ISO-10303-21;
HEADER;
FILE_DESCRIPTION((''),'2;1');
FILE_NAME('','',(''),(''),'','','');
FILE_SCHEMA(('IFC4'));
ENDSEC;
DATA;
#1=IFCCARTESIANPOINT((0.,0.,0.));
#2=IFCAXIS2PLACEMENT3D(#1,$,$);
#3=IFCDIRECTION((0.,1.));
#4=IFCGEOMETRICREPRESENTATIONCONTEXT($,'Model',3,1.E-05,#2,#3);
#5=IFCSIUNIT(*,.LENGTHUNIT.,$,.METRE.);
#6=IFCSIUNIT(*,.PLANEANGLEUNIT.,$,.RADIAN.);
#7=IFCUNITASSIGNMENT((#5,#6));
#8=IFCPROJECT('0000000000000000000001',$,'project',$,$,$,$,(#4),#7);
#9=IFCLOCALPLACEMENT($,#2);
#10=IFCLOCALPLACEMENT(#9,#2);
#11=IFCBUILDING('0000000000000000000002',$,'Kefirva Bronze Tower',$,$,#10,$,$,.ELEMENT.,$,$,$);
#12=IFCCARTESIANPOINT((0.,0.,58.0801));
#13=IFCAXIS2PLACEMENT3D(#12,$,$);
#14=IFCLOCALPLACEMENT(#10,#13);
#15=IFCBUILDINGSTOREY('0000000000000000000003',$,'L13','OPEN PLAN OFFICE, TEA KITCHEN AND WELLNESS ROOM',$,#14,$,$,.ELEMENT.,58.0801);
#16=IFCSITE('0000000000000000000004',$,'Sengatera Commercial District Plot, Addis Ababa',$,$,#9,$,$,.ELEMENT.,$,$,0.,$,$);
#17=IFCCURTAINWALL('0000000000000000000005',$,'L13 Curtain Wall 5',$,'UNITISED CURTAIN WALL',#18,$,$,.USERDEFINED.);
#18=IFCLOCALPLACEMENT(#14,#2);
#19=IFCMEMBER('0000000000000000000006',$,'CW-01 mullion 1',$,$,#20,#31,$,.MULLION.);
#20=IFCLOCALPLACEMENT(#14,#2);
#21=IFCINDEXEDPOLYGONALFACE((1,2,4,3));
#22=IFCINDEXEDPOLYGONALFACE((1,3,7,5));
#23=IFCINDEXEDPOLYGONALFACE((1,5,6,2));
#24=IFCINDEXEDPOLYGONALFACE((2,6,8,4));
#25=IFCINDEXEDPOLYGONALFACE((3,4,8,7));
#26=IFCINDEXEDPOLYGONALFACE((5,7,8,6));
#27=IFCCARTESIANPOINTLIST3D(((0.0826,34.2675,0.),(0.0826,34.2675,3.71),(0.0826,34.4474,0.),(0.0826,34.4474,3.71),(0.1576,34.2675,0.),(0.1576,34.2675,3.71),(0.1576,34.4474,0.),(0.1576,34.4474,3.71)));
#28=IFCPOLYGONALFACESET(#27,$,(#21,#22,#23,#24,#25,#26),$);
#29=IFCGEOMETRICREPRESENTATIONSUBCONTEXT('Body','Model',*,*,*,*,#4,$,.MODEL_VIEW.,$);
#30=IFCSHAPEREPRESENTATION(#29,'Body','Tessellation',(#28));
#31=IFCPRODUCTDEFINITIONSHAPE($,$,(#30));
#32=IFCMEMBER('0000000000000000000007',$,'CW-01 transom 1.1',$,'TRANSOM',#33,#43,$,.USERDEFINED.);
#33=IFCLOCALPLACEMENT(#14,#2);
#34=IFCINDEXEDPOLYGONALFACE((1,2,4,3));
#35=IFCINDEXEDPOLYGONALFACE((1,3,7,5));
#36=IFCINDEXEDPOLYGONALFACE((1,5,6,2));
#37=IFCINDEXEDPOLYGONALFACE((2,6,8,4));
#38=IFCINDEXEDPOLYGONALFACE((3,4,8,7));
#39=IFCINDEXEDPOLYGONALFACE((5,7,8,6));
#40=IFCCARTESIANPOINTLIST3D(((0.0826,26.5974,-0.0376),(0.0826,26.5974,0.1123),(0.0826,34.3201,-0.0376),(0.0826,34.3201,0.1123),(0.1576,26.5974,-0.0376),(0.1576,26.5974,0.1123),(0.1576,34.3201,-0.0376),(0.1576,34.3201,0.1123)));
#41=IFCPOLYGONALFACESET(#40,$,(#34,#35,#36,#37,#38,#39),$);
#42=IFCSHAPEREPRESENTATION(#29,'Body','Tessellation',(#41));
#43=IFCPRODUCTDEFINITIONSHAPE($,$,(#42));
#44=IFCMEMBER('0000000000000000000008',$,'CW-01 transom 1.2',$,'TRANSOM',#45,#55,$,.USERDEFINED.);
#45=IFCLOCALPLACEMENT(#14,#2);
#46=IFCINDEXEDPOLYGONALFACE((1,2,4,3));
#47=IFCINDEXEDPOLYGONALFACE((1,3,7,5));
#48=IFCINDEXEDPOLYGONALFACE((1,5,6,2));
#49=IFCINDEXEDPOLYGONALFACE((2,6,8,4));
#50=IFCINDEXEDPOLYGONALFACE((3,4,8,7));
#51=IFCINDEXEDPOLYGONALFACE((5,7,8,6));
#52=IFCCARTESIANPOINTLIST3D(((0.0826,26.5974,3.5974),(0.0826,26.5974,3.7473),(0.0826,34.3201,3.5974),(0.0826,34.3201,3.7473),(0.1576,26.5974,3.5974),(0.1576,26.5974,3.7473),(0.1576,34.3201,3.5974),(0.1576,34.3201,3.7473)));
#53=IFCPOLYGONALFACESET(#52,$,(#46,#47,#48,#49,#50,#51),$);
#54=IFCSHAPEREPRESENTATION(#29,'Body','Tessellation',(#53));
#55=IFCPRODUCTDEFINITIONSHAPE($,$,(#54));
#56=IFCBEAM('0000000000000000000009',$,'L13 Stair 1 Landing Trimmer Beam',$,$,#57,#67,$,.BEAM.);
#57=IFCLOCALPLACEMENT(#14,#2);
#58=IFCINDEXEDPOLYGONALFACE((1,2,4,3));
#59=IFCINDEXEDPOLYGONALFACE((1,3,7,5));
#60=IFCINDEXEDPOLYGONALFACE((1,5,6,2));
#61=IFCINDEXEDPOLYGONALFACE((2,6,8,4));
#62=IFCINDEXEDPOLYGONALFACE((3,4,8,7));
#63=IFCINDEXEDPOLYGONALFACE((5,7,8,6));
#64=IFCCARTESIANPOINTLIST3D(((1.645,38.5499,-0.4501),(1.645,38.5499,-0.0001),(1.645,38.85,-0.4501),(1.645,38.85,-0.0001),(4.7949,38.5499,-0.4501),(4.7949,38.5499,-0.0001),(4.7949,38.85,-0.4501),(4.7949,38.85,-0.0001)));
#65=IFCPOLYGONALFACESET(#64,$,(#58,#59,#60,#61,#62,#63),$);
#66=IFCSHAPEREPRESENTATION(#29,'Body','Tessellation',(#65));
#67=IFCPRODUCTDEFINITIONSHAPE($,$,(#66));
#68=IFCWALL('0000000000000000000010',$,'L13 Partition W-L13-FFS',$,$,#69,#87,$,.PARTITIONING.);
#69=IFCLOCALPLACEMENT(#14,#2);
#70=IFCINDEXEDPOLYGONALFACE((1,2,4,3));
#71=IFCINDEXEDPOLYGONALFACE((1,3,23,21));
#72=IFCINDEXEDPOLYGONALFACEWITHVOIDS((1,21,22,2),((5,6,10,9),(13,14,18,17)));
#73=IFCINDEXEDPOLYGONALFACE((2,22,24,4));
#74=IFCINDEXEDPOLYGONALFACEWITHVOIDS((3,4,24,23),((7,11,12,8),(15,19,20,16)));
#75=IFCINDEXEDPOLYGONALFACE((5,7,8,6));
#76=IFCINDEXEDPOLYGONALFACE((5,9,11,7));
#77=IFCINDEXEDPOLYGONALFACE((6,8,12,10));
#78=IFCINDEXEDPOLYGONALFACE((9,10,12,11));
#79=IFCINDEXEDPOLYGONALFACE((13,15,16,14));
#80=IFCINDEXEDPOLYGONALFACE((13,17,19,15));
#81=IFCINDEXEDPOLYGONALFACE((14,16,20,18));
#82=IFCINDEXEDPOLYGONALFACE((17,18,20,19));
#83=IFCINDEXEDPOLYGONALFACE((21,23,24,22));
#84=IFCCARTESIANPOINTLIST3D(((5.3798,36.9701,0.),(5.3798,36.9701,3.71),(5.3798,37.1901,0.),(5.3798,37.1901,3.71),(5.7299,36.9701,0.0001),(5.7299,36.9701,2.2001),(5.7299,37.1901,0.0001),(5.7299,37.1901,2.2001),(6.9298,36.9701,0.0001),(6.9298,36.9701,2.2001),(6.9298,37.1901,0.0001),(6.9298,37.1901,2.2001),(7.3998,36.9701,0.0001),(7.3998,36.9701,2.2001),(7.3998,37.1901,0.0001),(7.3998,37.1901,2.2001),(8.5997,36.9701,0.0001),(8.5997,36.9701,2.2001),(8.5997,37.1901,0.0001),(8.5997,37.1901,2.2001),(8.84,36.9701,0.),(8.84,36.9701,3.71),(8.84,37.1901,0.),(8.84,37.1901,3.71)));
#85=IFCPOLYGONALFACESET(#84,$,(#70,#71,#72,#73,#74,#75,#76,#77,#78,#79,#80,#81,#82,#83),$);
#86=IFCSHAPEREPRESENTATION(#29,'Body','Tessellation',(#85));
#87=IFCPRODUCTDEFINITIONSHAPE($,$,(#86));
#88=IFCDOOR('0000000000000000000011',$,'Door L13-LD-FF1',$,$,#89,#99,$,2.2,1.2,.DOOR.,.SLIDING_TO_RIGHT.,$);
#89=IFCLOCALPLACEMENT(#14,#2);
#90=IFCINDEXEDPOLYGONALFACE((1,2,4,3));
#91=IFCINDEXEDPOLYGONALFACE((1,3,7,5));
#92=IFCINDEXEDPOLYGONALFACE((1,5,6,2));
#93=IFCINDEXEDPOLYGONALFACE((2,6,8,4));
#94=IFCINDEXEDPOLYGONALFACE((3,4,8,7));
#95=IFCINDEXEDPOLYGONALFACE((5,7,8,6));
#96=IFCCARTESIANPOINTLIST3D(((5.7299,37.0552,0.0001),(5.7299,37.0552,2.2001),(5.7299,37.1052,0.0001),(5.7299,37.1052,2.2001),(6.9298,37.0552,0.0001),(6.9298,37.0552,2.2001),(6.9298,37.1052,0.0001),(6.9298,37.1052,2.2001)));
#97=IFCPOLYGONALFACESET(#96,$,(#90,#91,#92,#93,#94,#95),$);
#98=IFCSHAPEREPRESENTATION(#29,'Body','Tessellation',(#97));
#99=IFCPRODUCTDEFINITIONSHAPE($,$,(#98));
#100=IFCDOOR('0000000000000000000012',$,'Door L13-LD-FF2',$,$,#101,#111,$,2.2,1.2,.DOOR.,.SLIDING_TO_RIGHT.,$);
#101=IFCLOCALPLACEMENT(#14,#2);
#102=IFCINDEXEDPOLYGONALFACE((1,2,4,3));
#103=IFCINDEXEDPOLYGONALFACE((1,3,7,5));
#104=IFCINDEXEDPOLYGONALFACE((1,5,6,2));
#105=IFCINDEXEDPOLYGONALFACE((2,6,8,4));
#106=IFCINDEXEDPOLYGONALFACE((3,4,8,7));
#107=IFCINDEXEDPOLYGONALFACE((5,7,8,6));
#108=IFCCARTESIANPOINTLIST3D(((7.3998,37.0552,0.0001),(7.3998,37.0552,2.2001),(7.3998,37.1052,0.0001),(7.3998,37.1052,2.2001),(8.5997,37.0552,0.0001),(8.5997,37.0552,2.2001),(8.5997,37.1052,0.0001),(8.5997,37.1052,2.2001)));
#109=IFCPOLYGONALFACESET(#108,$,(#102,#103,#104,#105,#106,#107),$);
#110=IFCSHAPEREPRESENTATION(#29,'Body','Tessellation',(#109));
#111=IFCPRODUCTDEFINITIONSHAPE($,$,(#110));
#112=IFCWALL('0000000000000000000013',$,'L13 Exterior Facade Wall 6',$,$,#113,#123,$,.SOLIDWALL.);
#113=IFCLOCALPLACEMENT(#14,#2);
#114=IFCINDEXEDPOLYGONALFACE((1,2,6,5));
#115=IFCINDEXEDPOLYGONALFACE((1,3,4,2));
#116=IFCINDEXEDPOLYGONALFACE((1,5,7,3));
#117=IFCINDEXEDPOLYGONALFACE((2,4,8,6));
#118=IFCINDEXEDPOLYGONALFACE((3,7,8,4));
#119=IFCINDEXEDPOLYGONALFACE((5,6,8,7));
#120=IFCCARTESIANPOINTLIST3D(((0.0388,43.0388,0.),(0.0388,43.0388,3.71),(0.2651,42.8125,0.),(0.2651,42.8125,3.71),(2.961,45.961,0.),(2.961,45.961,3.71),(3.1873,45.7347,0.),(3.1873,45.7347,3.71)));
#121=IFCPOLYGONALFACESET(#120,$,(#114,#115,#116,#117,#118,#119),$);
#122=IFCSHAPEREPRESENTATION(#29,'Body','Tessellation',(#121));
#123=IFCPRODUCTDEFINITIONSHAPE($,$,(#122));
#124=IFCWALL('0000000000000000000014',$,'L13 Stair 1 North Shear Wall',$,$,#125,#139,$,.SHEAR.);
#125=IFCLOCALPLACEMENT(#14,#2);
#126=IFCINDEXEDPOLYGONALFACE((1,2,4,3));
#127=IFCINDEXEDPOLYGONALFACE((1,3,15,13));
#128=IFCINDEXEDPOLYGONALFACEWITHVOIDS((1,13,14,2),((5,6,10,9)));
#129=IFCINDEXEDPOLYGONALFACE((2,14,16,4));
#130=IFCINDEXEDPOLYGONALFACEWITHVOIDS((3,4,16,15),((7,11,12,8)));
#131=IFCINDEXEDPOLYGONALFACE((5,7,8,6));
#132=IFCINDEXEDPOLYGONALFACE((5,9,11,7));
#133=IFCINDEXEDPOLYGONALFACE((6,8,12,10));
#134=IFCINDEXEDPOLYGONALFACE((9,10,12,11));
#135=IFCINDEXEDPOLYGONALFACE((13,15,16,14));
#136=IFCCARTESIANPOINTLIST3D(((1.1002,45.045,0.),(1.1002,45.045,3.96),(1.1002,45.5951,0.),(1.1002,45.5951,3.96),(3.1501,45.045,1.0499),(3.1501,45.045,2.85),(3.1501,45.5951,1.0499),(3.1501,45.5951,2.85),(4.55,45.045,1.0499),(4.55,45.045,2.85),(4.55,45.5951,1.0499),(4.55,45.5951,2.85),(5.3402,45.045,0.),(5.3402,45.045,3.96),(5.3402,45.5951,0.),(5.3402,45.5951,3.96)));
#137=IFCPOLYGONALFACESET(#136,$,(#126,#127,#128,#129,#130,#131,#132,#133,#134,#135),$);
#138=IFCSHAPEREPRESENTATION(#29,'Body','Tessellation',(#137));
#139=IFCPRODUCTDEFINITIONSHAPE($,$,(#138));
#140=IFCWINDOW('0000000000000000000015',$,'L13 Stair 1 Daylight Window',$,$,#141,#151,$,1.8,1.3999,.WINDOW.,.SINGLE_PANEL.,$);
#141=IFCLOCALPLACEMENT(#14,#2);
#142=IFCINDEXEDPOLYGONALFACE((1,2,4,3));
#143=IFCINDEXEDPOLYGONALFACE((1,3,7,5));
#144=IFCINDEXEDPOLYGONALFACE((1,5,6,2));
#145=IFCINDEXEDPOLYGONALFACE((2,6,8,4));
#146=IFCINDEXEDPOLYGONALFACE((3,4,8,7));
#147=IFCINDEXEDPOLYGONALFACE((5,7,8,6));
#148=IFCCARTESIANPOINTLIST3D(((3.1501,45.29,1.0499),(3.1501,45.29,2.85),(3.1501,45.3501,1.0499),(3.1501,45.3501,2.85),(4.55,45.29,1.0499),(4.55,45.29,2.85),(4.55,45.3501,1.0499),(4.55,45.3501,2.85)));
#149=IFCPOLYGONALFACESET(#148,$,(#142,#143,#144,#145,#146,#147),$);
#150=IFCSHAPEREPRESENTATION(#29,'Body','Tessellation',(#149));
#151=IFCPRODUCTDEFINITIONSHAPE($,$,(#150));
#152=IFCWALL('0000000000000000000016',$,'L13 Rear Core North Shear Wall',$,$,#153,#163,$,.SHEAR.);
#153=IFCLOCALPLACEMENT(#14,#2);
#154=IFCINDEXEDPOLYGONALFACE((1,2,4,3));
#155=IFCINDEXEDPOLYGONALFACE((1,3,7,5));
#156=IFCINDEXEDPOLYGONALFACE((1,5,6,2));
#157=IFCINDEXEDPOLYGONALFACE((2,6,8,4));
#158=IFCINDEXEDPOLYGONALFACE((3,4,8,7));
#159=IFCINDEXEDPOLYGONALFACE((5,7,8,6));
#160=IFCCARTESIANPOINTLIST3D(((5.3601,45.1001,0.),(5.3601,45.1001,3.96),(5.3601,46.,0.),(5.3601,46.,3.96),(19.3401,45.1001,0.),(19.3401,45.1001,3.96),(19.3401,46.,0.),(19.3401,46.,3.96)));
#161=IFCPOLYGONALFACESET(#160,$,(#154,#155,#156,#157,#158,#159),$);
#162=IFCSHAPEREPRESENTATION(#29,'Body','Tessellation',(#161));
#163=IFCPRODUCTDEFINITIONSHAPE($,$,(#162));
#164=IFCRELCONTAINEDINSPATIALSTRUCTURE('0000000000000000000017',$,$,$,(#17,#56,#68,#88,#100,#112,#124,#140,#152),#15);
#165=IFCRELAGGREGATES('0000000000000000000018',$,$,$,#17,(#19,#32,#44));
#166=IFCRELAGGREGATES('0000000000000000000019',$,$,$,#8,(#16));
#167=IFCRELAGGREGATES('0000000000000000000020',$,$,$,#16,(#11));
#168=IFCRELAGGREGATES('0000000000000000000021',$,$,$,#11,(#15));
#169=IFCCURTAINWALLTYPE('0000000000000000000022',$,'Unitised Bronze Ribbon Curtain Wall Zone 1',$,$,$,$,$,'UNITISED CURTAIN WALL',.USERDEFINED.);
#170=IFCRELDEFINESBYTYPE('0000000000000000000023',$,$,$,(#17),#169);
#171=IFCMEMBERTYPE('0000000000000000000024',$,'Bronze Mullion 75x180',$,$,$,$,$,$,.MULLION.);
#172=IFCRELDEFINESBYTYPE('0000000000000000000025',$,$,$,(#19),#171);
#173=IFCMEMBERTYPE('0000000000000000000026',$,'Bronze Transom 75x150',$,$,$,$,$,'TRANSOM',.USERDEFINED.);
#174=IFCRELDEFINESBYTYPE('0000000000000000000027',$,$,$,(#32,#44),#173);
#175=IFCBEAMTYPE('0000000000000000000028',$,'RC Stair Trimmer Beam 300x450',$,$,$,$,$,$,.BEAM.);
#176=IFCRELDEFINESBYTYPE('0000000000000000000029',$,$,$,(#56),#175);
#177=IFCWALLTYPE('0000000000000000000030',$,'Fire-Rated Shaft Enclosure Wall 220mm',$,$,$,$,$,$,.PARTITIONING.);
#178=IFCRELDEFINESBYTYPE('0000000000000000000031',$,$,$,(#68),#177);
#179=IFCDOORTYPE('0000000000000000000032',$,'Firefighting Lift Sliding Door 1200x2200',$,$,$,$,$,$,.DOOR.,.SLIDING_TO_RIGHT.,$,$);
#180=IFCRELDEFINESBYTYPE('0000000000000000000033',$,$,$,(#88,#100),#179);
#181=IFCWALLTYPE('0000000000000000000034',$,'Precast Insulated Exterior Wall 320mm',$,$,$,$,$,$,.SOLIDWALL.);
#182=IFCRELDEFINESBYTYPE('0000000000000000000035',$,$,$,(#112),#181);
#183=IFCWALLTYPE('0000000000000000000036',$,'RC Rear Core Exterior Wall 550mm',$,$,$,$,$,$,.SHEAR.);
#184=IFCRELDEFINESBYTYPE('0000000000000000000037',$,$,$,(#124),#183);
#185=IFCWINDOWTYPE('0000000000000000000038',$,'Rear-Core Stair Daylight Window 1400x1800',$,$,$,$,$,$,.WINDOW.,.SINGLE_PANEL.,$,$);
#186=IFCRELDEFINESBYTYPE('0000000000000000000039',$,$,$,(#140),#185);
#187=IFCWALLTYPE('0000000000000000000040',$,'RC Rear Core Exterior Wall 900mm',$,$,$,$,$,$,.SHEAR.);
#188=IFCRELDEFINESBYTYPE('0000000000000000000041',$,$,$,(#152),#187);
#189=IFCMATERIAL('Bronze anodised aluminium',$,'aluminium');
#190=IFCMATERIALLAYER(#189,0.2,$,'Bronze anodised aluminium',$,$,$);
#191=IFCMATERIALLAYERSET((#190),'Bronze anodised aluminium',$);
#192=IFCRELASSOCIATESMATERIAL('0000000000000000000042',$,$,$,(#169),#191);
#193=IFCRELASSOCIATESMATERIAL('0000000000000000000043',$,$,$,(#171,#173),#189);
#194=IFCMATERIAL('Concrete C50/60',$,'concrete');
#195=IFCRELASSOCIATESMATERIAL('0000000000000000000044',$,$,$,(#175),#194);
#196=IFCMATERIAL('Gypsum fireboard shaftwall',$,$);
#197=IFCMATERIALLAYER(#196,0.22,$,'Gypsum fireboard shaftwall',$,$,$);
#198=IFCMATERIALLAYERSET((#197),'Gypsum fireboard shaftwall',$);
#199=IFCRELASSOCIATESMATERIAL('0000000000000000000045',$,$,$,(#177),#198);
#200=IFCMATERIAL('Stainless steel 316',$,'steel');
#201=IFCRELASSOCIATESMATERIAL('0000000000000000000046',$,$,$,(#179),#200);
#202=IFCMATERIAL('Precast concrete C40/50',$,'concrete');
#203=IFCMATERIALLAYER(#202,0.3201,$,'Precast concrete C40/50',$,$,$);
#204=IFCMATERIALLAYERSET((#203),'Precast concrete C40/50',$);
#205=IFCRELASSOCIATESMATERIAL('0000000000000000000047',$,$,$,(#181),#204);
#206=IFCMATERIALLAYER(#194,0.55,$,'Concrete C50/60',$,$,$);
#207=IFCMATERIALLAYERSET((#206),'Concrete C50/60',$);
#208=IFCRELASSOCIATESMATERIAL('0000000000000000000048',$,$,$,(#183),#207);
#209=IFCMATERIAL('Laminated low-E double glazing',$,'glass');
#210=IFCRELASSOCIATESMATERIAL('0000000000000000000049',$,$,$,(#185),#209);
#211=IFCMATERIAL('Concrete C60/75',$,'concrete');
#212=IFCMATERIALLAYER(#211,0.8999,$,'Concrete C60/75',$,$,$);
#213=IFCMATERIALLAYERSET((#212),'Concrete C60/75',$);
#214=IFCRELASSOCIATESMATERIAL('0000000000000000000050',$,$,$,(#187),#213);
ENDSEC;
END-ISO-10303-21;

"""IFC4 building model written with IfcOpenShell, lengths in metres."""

from ifc_helpers import new_model, si_unit, direction, frame, frame_2d, origin, origin_2d, place, context, subcontext, project, spatial, rectangle, extrude, material, layer, layer_set, material_profile, profile_set, type_object, element, fill, aggregate, save


model = new_model("IFC4")

# Units and contexts
model_context = context("Model", 3, precision=1e-05, world=origin(), true_north=direction((0.0, 1.0)))
body_context = subcontext(model_context, "Body", "Model", "MODEL_VIEW")
ifc_project = project(units=[si_unit("LENGTHUNIT", "METRE"), si_unit("PLANEANGLEUNIT", "RADIAN")], contexts=[model_context])

# Site, building, storey
site_placement = place(None, origin())
site = spatial("IfcSite", under=ifc_project, at=site_placement, Name="Sengatera Commercial District Plot, Addis Ababa", CompositionType="ELEMENT", RefElevation=0.0)
building_placement = place(site_placement, origin())
building = spatial("IfcBuilding", under=site, at=building_placement, Name="Kefirva Bronze Tower", CompositionType="ELEMENT")
storey_placement = place(building_placement, frame((0.0, 0.0, 58.0801)))
storey = spatial("IfcBuildingStorey", under=building, at=storey_placement, Name="L13", Description="OPEN PLAN OFFICE, TEA KITCHEN AND WELLNESS ROOM", CompositionType="ELEMENT", Elevation=58.0801)

# Curtain wall, members
ifc_material_1 = material(Name="Bronze anodised aluminium", Category="aluminium")
ifc_layer_1 = layer(ifc_material_1, 0.2, Name="Bronze anodised aluminium")
ifc_layer_set_1 = layer_set([ifc_layer_1], Name="Bronze anodised aluminium")
curtain_wall_type = type_object("IfcCurtainWallType", Name="Unitised Bronze Ribbon Curtain Wall Zone 1", ElementType="UNITISED CURTAIN WALL", PredefinedType="USERDEFINED", material=ifc_layer_set_1)
curtain_wall_placement = place(storey_placement, origin())
curtain_wall = element("IfcCurtainWall", 1, at=curtain_wall_placement, inside=storey, type_object=curtain_wall_type, Name="L13 Curtain Wall 5", ObjectType="UNITISED CURTAIN WALL", PredefinedType="USERDEFINED")
ifc_material_profile_1 = material_profile(ifc_material_1, rectangle(XDim=0.075, YDim=0.1799, at=origin_2d()), Name="ALU 75x180")
ifc_profile_set_1 = profile_set([ifc_material_profile_1], Name="Bronze anodised aluminium")
member_type_1 = type_object("IfcMemberType", Name="Bronze Mullion 75x180", PredefinedType="MULLION", material=ifc_profile_set_1)
member_1_placement = place(storey_placement, frame((0.1201, 34.3574, 0.0), z_axis=(0.0, 0.0, 1.0), x_axis=(1.0, 0.0, 0.0)))
member_1 = element("IfcMember", 2, at=member_1_placement, type_object=member_type_1, Name="CW-01 mullion 1", PredefinedType="MULLION", context=body_context, shape_type="SweptSolid", body=[
    extrude(rectangle(XDim=0.075, YDim=0.1799, at=origin_2d()), origin(), (0.0, 0.0, 1.0), 3.71),
])
ifc_material_profile_2 = material_profile(ifc_material_1, rectangle(XDim=0.075, YDim=0.1499, at=origin_2d()), Name="ALU 75x150")
ifc_profile_set_2 = profile_set([ifc_material_profile_2], Name="Bronze anodised aluminium")
member_type_2 = type_object("IfcMemberType", Name="Bronze Transom 75x150", ElementType="TRANSOM", PredefinedType="USERDEFINED", material=ifc_profile_set_2)
member_2_placement = place(storey_placement, frame((0.1201, 34.3201, 0.0374), z_axis=(0.0, -1.0, 0.0), x_axis=(1.0, 0.0, 0.0)))
member_2 = element("IfcMember", 3, at=member_2_placement, type_object=member_type_2, Name="CW-01 transom 1.1", ObjectType="TRANSOM", PredefinedType="USERDEFINED", context=body_context, shape_type="SweptSolid", body=[
    extrude(rectangle(XDim=0.075, YDim=0.1499, at=origin_2d()), origin(), (0.0, 0.0, 1.0), 7.7227),
])
member_3_placement = place(storey_placement, frame((0.1201, 34.3201, 3.6724), z_axis=(0.0, -1.0, 0.0), x_axis=(1.0, 0.0, 0.0)))
member_3 = element("IfcMember", 4, at=member_3_placement, type_object=member_type_2, Name="CW-01 transom 1.2", ObjectType="TRANSOM", PredefinedType="USERDEFINED", context=body_context, shape_type="SweptSolid", body=[
    extrude(rectangle(XDim=0.075, YDim=0.1499, at=origin_2d()), origin(), (0.0, 0.0, 1.0), 7.7227),
])
aggregate(curtain_wall, [member_1, member_2, member_3])

# Beam
ifc_material_2 = material(Name="Concrete C50/60", Category="concrete")
ifc_material_profile_3 = material_profile(ifc_material_2, rectangle(XDim=0.3, YDim=0.45, at=origin_2d()), Name="RC 300x450")
ifc_profile_set_3 = profile_set([ifc_material_profile_3], Name="Concrete C50/60")
beam_type = type_object("IfcBeamType", Name="RC Stair Trimmer Beam 300x450", PredefinedType="BEAM", material=ifc_profile_set_3)
beam_placement = place(storey_placement, frame((1.645, 38.7, -0.2251), z_axis=(1.0, 0.0, 0.0), x_axis=(0.0, 1.0, 0.0)))
element("IfcBeam", 5, at=beam_placement, inside=storey, type_object=beam_type, Name="L13 Stair 1 Landing Trimmer Beam", PredefinedType="BEAM", context=body_context, shape_type="SweptSolid", body=[
    extrude(rectangle(XDim=0.3, YDim=0.45, at=origin_2d()), origin(), (0.0, 0.0, 1.0), 3.1499),
])

# Shared definitions
ifc_material_3 = material(Name="Gypsum fireboard shaftwall")
ifc_layer_2 = layer(ifc_material_3, 0.22, Name="Gypsum fireboard shaftwall")
ifc_layer_set_2 = layer_set([ifc_layer_2], Name="Gypsum fireboard shaftwall")
wall_type_1 = type_object("IfcWallType", Name="Fire-Rated Shaft Enclosure Wall 220mm", PredefinedType="PARTITIONING", material=ifc_layer_set_2)

# Wall, openings, doors
wall_1_placement = place(storey_placement, frame((5.3799, 37.0801, 0.0), z_axis=(0.0, 0.0, 1.0), x_axis=(1.0, 0.0, 0.0)))
wall_1 = element("IfcWall", 6, at=wall_1_placement, inside=storey, type_object=wall_type_1, Name="L13 Partition W-L13-FFS", PredefinedType="PARTITIONING", context=body_context, shape_type="SweptSolid", body=[
    extrude(rectangle(XDim=3.4602, YDim=0.22, at=frame_2d((1.73, 0.0))), origin(), (0.0, 0.0, 1.0), 3.71),
])
opening_1_placement = place(wall_1_placement, frame((1.55, 0.0, 0.0), z_axis=(0.0, 0.0, 1.0), x_axis=(-1.0, 0.0, 0.0)))
opening_1 = element("IfcOpeningElement", 7, at=opening_1_placement, cuts=wall_1, PredefinedType="OPENING", context=body_context, shape_type="SweptSolid", body=[
    extrude(rectangle(XDim=1.2, YDim=2.2, at=frame_2d((0.6001, 1.1001))), frame((0.0, 0.1201, 0.0), z_axis=(0.0, -1.0, 0.0), x_axis=(1.0, 0.0, 0.0)), (0.0, 0.0, 1.0), 0.24),
])
opening_2_placement = place(wall_1_placement, frame((3.22, 0.0, 0.0), z_axis=(0.0, 0.0, 1.0), x_axis=(-1.0, 0.0, 0.0)))
opening_2 = element("IfcOpeningElement", 8, at=opening_2_placement, cuts=wall_1, PredefinedType="OPENING", context=body_context, shape_type="SweptSolid", body=[
    extrude(rectangle(XDim=1.2, YDim=2.2, at=frame_2d((0.6001, 1.1001))), frame((0.0, 0.1201, 0.0), z_axis=(0.0, -1.0, 0.0), x_axis=(1.0, 0.0, 0.0)), (0.0, 0.0, 1.0), 0.24),
])
ifc_material_4 = material(Name="Stainless steel 316", Category="steel")
door_type_1 = type_object("IfcDoorType", Name="Firefighting Lift Sliding Door 1200x2200", OperationType="SLIDING_TO_RIGHT", PredefinedType="DOOR", material=ifc_material_4)
door_1_placement = place(opening_1_placement, origin())
door_1 = element("IfcDoor", 9, at=door_1_placement, inside=storey, type_object=door_type_1, Name="Door L13-LD-FF1", OperationType="SLIDING_TO_RIGHT", OverallHeight=2.2, OverallWidth=1.2, PredefinedType="DOOR", context=body_context, shape_type="SweptSolid", body=[
    extrude(rectangle(XDim=1.2, YDim=2.2, at=frame_2d((0.6001, 1.1001))), frame((0.0, 0.0249, 0.0), z_axis=(0.0, -1.0, 0.0), x_axis=(1.0, 0.0, 0.0)), (0.0, 0.0, 1.0), 0.05),
])
fill(opening_1, door_1)
door_2_placement = place(opening_2_placement, origin())
door_2 = element("IfcDoor", 10, at=door_2_placement, inside=storey, type_object=door_type_1, Name="Door L13-LD-FF2", OperationType="SLIDING_TO_RIGHT", OverallHeight=2.2, OverallWidth=1.2, PredefinedType="DOOR", context=body_context, shape_type="SweptSolid", body=[
    extrude(rectangle(XDim=1.2, YDim=2.2, at=frame_2d((0.6001, 1.1001))), frame((0.0, 0.0249, 0.0), z_axis=(0.0, -1.0, 0.0), x_axis=(1.0, 0.0, 0.0)), (0.0, 0.0, 1.0), 0.05),
])
fill(opening_2, door_2)

# Wall
ifc_material_5 = material(Name="Precast concrete C40/50", Category="concrete")
ifc_layer_3 = layer(ifc_material_5, 0.3201, Name="Precast concrete C40/50")
ifc_layer_set_3 = layer_set([ifc_layer_3], Name="Precast concrete C40/50")
wall_type_2 = type_object("IfcWallType", Name="Precast Insulated Exterior Wall 320mm", PredefinedType="SOLIDWALL", material=ifc_layer_set_3)
wall_2_placement = place(storey_placement, frame((3.0742, 45.8479, 0.0), z_axis=(0.0, 0.0, 1.0), x_axis=(-0.707107, -0.707107, 0.0)))
element("IfcWall", 11, at=wall_2_placement, inside=storey, type_object=wall_type_2, Name="L13 Exterior Facade Wall 6", PredefinedType="SOLIDWALL", context=body_context, shape_type="SweptSolid", body=[
    extrude(rectangle(XDim=4.1326, YDim=0.3201, at=frame_2d((2.0664, 0.0))), origin(), (0.0, 0.0, 1.0), 3.71),
])

# Wall, opening, window
ifc_layer_4 = layer(ifc_material_2, 0.55, Name="Concrete C50/60")
ifc_layer_set_4 = layer_set([ifc_layer_4], Name="Concrete C50/60")
wall_type_3 = type_object("IfcWallType", Name="RC Rear Core Exterior Wall 550mm", PredefinedType="SHEAR", material=ifc_layer_set_4)
wall_3_placement = place(storey_placement, frame((1.1001, 45.3201, 0.0), z_axis=(0.0, 0.0, 1.0), x_axis=(1.0, 0.0, 0.0)))
wall_3 = element("IfcWall", 12, at=wall_3_placement, inside=storey, type_object=wall_type_3, Name="L13 Stair 1 North Shear Wall", PredefinedType="SHEAR", context=body_context, shape_type="SweptSolid", body=[
    extrude(rectangle(XDim=4.24, YDim=0.55, at=frame_2d((2.1201, 0.0))), origin(), (0.0, 0.0, 1.0), 3.96),
])
opening_3_placement = place(wall_3_placement, frame((2.05, 0.0, 1.05)))
opening_3 = element("IfcOpeningElement", 13, at=opening_3_placement, cuts=wall_3, PredefinedType="OPENING", context=body_context, shape_type="SweptSolid", body=[
    extrude(rectangle(XDim=1.3999, YDim=1.8, at=frame_2d((0.7, 0.8999))), frame((0.0, 0.2852, 0.0), z_axis=(0.0, -1.0, 0.0), x_axis=(1.0, 0.0, 0.0)), (0.0, 0.0, 1.0), 0.5701),
])
ifc_material_6 = material(Name="Laminated low-E double glazing", Category="glass")
window_type = type_object("IfcWindowType", Name="Rear-Core Stair Daylight Window 1400x1800", PartitioningType="SINGLE_PANEL", PredefinedType="WINDOW", material=ifc_material_6)
window_placement = place(opening_3_placement, origin())
window = element("IfcWindow", 14, at=window_placement, inside=storey, type_object=window_type, Name="L13 Stair 1 Daylight Window", OverallHeight=1.8, OverallWidth=1.3999, PartitioningType="SINGLE_PANEL", PredefinedType="WINDOW", context=body_context, shape_type="SweptSolid", body=[
    extrude(rectangle(XDim=1.3999, YDim=1.8, at=frame_2d((0.7, 0.8999))), frame((0.0, 0.03, 0.0), z_axis=(0.0, -1.0, 0.0), x_axis=(1.0, 0.0, 0.0)), (0.0, 0.0, 1.0), 0.0601),
])
fill(opening_3, window)

# Wall
ifc_material_7 = material(Name="Concrete C60/75", Category="concrete")
ifc_layer_5 = layer(ifc_material_7, 0.8999, Name="Concrete C60/75")
ifc_layer_set_5 = layer_set([ifc_layer_5], Name="Concrete C60/75")
wall_type_4 = type_object("IfcWallType", Name="RC Rear Core Exterior Wall 900mm", PredefinedType="SHEAR", material=ifc_layer_set_5)
wall_4_placement = place(storey_placement, frame((5.3601, 45.55, 0.0), z_axis=(0.0, 0.0, 1.0), x_axis=(1.0, 0.0, 0.0)))
element("IfcWall", 15, at=wall_4_placement, inside=storey, type_object=wall_type_4, Name="L13 Rear Core North Shear Wall", PredefinedType="SHEAR", context=body_context, shape_type="SweptSolid", body=[
    extrude(rectangle(XDim=13.98, YDim=0.8999, at=frame_2d((6.99, 0.0))), origin(), (0.0, 0.0, 1.0), 3.96),
])

save(model, "model.ifc")
